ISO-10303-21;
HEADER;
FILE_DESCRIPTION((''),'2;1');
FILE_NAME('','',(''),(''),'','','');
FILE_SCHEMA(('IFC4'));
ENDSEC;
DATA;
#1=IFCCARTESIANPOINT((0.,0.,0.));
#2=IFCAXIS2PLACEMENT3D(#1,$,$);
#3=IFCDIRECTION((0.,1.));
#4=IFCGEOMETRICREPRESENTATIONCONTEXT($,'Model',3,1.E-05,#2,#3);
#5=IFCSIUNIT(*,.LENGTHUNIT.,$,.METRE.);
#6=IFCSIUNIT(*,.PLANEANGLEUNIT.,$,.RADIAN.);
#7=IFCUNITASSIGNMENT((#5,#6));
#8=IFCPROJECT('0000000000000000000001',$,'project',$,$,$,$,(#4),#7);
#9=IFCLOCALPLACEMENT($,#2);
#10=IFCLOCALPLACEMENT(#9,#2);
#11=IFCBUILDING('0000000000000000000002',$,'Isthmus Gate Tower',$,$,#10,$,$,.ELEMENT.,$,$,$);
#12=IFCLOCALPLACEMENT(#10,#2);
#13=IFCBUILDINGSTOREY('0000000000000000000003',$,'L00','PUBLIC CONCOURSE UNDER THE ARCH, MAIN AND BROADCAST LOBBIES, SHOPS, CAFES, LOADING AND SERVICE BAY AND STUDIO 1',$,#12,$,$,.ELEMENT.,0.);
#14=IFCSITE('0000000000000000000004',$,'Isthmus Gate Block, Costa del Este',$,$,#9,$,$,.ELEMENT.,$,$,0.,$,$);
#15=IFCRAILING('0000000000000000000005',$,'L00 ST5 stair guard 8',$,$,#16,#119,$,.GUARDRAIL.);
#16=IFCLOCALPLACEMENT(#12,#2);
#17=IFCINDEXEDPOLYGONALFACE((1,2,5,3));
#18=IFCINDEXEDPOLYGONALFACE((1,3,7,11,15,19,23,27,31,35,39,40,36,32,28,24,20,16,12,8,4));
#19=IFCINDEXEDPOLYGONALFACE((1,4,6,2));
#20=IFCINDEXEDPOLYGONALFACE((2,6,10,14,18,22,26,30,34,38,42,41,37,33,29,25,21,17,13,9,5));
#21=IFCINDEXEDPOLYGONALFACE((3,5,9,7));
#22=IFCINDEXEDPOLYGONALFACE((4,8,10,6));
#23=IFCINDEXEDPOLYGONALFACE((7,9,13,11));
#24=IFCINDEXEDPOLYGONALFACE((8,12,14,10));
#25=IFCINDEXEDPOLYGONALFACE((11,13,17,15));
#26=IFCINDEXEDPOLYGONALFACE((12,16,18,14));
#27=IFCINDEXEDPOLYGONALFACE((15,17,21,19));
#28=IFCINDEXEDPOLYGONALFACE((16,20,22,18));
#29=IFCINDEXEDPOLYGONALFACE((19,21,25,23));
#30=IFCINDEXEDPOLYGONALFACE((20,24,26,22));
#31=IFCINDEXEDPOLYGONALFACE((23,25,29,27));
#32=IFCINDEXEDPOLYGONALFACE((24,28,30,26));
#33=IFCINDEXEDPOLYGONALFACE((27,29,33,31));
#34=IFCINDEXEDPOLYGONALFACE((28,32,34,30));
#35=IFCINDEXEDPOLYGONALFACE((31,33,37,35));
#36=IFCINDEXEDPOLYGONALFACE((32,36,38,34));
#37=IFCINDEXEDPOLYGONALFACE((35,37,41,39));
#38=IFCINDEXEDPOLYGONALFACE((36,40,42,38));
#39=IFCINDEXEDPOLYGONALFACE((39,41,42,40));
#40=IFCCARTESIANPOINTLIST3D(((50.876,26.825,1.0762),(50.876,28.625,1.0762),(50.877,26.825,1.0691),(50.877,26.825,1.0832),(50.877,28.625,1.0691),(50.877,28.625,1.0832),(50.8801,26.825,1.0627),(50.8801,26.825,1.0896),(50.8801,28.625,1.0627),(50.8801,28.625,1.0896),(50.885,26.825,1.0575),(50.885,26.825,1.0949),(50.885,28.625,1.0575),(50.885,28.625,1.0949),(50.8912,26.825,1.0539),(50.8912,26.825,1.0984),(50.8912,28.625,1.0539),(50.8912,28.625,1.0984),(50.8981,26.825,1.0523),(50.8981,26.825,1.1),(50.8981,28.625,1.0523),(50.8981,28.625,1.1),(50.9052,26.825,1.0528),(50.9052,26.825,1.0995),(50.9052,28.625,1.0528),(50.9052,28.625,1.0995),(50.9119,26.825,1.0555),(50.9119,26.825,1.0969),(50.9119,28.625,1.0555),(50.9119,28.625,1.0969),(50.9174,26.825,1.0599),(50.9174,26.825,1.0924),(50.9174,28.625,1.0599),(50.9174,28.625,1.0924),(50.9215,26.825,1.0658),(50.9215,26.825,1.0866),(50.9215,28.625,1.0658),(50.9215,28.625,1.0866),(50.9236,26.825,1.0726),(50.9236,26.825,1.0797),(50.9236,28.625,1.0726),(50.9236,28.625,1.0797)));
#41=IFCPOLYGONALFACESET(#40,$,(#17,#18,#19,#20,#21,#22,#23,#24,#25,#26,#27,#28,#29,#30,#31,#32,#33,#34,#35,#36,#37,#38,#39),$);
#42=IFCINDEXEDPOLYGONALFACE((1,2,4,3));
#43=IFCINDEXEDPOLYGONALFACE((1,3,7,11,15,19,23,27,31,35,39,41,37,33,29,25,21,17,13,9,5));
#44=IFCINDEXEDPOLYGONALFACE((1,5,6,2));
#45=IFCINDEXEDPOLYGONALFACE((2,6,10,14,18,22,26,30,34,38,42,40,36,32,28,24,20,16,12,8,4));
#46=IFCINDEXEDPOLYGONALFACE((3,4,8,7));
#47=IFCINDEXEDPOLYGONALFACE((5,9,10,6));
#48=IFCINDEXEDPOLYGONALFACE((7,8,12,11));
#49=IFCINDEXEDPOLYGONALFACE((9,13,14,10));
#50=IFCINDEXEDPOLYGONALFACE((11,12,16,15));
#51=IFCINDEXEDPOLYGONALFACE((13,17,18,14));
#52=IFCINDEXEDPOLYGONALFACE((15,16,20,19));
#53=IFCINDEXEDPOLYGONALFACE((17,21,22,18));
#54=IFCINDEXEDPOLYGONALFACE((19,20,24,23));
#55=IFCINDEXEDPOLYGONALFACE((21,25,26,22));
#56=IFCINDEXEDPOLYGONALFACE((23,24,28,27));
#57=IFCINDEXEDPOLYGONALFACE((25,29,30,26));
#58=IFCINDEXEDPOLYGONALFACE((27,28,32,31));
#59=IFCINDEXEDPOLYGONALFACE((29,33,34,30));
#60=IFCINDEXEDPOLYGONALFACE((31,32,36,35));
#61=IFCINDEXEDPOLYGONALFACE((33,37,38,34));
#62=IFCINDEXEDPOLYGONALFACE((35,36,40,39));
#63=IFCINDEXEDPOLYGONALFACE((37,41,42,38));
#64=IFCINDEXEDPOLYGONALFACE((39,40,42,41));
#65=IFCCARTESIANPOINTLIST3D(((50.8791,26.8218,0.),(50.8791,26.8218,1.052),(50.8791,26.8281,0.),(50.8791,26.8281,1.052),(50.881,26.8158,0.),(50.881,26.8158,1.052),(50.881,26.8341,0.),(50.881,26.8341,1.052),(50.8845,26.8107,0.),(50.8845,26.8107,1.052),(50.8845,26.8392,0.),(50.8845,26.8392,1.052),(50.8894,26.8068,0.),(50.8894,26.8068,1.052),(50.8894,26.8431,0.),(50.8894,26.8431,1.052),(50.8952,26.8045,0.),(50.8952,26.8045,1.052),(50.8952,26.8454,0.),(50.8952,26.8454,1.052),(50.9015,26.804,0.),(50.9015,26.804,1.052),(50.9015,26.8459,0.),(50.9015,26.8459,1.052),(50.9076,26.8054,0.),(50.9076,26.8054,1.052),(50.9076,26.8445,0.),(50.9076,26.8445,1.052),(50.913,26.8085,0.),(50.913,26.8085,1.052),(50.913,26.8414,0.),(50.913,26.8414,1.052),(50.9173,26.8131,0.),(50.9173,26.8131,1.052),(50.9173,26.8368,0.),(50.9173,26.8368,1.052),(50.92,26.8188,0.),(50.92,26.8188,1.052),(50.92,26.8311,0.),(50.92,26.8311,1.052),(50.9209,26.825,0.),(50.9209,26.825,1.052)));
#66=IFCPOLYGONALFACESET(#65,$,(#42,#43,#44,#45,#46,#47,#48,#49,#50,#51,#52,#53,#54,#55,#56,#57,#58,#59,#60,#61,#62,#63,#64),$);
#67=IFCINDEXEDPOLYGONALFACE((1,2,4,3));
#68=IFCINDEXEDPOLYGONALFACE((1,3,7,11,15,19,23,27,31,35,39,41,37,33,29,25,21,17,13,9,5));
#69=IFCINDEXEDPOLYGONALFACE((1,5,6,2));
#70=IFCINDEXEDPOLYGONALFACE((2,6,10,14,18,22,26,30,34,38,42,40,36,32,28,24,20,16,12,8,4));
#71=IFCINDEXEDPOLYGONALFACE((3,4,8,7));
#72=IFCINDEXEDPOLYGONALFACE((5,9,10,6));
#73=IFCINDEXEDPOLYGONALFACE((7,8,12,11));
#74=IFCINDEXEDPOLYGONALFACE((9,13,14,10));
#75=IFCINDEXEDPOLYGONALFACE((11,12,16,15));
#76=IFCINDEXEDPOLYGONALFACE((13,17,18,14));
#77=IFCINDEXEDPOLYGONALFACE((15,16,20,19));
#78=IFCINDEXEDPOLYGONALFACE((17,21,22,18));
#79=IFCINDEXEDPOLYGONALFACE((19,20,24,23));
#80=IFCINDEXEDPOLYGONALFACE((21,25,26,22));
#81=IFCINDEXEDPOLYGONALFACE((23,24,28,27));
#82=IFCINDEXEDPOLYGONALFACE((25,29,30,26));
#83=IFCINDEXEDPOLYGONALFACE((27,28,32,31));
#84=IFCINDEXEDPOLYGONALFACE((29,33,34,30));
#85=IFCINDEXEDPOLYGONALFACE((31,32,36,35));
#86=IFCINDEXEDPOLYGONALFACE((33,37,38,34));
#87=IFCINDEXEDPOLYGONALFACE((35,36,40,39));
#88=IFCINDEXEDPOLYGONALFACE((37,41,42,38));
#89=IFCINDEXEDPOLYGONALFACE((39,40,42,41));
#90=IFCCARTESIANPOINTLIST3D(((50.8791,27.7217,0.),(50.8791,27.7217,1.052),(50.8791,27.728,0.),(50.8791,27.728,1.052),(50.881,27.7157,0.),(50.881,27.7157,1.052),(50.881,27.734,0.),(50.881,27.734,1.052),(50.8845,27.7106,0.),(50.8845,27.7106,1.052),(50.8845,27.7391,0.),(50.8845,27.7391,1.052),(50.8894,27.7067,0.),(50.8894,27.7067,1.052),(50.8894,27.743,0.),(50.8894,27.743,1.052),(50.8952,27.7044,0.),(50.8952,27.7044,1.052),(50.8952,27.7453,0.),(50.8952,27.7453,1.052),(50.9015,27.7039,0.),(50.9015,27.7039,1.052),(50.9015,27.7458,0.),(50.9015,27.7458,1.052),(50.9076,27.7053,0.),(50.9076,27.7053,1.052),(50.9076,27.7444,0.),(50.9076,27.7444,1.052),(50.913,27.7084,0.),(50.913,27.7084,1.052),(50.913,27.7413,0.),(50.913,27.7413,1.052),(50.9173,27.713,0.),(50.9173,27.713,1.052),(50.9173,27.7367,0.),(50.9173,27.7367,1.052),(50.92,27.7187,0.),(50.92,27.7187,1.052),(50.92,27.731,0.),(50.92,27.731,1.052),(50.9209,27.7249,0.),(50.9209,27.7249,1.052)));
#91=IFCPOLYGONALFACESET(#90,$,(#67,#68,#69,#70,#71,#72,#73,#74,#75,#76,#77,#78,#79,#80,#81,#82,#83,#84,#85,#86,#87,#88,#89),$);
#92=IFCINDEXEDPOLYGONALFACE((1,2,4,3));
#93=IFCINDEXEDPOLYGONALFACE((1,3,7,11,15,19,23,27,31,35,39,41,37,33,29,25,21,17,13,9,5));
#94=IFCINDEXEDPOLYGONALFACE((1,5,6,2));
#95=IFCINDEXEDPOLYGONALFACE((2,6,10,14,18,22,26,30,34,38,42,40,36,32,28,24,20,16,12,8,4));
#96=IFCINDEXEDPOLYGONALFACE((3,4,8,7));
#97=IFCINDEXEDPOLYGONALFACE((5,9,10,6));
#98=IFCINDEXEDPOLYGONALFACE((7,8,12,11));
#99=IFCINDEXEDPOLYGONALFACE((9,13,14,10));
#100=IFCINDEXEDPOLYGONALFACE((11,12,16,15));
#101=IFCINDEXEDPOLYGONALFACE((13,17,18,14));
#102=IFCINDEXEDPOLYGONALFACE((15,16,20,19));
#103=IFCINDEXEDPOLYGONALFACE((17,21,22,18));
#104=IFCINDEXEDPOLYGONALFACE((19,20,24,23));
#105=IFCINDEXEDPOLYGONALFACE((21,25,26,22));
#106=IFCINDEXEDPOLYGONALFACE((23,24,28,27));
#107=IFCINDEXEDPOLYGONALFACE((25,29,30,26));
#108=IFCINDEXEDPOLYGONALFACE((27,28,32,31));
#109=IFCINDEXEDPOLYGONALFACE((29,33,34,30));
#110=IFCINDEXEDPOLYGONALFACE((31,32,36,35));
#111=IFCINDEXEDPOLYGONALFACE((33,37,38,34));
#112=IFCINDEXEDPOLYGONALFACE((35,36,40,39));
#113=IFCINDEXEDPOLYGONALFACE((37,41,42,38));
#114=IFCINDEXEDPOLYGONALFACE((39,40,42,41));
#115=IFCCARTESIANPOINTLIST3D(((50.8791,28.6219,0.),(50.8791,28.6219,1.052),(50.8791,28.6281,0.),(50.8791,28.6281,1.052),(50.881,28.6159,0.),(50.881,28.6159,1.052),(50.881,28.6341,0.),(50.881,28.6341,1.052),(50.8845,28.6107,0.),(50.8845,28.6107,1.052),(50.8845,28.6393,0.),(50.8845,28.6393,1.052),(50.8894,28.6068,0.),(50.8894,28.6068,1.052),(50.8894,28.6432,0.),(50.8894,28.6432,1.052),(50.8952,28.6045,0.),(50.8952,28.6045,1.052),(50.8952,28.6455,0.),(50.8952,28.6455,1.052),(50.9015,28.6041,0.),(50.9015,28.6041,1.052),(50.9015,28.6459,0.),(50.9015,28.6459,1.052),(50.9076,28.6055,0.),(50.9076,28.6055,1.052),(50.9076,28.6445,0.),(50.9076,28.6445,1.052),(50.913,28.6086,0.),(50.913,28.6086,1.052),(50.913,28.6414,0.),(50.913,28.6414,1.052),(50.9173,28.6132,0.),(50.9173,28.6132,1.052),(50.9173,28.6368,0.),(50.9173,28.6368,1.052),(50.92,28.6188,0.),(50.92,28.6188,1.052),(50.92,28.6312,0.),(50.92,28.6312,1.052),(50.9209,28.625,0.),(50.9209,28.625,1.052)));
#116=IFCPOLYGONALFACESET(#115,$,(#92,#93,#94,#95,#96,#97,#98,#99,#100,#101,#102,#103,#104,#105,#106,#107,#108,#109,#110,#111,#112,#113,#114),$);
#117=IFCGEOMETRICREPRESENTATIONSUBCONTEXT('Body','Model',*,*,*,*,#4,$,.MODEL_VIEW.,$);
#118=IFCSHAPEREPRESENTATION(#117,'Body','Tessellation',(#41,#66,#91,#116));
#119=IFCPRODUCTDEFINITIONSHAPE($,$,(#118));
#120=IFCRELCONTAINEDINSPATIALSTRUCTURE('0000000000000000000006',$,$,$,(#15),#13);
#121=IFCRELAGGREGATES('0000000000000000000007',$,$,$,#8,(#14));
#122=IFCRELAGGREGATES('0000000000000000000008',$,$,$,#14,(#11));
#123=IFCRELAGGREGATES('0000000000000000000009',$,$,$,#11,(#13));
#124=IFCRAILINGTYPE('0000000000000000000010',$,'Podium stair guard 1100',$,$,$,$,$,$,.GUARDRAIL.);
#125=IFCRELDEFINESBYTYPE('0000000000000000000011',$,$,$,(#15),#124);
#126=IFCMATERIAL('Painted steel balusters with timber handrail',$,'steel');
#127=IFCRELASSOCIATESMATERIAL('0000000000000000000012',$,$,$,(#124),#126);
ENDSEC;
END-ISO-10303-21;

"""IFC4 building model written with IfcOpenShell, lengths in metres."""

from ifc_helpers import new_model, si_unit, direction, frame, origin, origin_2d, place, context, subcontext, project, spatial, circle, extrude, material, type_object, element, save


model = new_model("IFC4")

# Units and contexts
model_context = context("Model", 3, precision=1e-05, world=origin(), true_north=direction((0.0, 1.0)))
body_context = subcontext(model_context, "Body", "Model", "MODEL_VIEW")
ifc_project = project(units=[si_unit("LENGTHUNIT", "METRE"), si_unit("PLANEANGLEUNIT", "RADIAN")], contexts=[model_context])

# Site, building, storey
site_placement = place(None, origin())
site = spatial("IfcSite", under=ifc_project, at=site_placement, Name="Isthmus Gate Block, Costa del Este", CompositionType="ELEMENT", RefElevation=0.0)
building_placement = place(site_placement, origin())
building = spatial("IfcBuilding", under=site, at=building_placement, Name="Isthmus Gate Tower", CompositionType="ELEMENT")
storey_placement = place(building_placement, origin())
storey = spatial("IfcBuildingStorey", under=building, at=storey_placement, Name="L00", Description="PUBLIC CONCOURSE UNDER THE ARCH, MAIN AND BROADCAST LOBBIES, SHOPS, CAFES, LOADING AND SERVICE BAY AND STUDIO 1", CompositionType="ELEMENT", Elevation=0.0)

# Railing
ifc_material_1 = material(Name="Painted steel balusters with timber handrail", Category="steel")
railing_type_1 = type_object("IfcRailingType", Name="Podium stair guard 1100", PredefinedType="GUARDRAIL", material=ifc_material_1)
railing_1_placement = place(storey_placement, frame((50.8999, 26.825, 0.0)))
element("IfcRailing", 1, at=railing_1_placement, inside=storey, type_object=railing_type_1, Name="L00 ST5 stair guard 8", PredefinedType="GUARDRAIL", context=body_context, shape_type="SweptSolid", body=[
    extrude(circle(Radius=0.0239, at=origin_2d()), frame((0.0, 0.0, 1.0762), z_axis=(0.0, 1.0, 0.0), x_axis=(-1.0, 0.0, 0.0)), (0.0, 0.0, 1.0), 1.8),
    extrude(circle(Radius=0.021, at=origin_2d()), origin(), (0.0, 0.0, 1.0), 1.052),
    extrude(circle(Radius=0.021, at=origin_2d()), frame((0.0, 0.8999, 0.0)), (0.0, 0.0, 1.0), 1.052),
    extrude(circle(Radius=0.021, at=origin_2d()), frame((0.0, 1.8, 0.0)), (0.0, 0.0, 1.0), 1.052),
])

save(model, "model.ifc")
